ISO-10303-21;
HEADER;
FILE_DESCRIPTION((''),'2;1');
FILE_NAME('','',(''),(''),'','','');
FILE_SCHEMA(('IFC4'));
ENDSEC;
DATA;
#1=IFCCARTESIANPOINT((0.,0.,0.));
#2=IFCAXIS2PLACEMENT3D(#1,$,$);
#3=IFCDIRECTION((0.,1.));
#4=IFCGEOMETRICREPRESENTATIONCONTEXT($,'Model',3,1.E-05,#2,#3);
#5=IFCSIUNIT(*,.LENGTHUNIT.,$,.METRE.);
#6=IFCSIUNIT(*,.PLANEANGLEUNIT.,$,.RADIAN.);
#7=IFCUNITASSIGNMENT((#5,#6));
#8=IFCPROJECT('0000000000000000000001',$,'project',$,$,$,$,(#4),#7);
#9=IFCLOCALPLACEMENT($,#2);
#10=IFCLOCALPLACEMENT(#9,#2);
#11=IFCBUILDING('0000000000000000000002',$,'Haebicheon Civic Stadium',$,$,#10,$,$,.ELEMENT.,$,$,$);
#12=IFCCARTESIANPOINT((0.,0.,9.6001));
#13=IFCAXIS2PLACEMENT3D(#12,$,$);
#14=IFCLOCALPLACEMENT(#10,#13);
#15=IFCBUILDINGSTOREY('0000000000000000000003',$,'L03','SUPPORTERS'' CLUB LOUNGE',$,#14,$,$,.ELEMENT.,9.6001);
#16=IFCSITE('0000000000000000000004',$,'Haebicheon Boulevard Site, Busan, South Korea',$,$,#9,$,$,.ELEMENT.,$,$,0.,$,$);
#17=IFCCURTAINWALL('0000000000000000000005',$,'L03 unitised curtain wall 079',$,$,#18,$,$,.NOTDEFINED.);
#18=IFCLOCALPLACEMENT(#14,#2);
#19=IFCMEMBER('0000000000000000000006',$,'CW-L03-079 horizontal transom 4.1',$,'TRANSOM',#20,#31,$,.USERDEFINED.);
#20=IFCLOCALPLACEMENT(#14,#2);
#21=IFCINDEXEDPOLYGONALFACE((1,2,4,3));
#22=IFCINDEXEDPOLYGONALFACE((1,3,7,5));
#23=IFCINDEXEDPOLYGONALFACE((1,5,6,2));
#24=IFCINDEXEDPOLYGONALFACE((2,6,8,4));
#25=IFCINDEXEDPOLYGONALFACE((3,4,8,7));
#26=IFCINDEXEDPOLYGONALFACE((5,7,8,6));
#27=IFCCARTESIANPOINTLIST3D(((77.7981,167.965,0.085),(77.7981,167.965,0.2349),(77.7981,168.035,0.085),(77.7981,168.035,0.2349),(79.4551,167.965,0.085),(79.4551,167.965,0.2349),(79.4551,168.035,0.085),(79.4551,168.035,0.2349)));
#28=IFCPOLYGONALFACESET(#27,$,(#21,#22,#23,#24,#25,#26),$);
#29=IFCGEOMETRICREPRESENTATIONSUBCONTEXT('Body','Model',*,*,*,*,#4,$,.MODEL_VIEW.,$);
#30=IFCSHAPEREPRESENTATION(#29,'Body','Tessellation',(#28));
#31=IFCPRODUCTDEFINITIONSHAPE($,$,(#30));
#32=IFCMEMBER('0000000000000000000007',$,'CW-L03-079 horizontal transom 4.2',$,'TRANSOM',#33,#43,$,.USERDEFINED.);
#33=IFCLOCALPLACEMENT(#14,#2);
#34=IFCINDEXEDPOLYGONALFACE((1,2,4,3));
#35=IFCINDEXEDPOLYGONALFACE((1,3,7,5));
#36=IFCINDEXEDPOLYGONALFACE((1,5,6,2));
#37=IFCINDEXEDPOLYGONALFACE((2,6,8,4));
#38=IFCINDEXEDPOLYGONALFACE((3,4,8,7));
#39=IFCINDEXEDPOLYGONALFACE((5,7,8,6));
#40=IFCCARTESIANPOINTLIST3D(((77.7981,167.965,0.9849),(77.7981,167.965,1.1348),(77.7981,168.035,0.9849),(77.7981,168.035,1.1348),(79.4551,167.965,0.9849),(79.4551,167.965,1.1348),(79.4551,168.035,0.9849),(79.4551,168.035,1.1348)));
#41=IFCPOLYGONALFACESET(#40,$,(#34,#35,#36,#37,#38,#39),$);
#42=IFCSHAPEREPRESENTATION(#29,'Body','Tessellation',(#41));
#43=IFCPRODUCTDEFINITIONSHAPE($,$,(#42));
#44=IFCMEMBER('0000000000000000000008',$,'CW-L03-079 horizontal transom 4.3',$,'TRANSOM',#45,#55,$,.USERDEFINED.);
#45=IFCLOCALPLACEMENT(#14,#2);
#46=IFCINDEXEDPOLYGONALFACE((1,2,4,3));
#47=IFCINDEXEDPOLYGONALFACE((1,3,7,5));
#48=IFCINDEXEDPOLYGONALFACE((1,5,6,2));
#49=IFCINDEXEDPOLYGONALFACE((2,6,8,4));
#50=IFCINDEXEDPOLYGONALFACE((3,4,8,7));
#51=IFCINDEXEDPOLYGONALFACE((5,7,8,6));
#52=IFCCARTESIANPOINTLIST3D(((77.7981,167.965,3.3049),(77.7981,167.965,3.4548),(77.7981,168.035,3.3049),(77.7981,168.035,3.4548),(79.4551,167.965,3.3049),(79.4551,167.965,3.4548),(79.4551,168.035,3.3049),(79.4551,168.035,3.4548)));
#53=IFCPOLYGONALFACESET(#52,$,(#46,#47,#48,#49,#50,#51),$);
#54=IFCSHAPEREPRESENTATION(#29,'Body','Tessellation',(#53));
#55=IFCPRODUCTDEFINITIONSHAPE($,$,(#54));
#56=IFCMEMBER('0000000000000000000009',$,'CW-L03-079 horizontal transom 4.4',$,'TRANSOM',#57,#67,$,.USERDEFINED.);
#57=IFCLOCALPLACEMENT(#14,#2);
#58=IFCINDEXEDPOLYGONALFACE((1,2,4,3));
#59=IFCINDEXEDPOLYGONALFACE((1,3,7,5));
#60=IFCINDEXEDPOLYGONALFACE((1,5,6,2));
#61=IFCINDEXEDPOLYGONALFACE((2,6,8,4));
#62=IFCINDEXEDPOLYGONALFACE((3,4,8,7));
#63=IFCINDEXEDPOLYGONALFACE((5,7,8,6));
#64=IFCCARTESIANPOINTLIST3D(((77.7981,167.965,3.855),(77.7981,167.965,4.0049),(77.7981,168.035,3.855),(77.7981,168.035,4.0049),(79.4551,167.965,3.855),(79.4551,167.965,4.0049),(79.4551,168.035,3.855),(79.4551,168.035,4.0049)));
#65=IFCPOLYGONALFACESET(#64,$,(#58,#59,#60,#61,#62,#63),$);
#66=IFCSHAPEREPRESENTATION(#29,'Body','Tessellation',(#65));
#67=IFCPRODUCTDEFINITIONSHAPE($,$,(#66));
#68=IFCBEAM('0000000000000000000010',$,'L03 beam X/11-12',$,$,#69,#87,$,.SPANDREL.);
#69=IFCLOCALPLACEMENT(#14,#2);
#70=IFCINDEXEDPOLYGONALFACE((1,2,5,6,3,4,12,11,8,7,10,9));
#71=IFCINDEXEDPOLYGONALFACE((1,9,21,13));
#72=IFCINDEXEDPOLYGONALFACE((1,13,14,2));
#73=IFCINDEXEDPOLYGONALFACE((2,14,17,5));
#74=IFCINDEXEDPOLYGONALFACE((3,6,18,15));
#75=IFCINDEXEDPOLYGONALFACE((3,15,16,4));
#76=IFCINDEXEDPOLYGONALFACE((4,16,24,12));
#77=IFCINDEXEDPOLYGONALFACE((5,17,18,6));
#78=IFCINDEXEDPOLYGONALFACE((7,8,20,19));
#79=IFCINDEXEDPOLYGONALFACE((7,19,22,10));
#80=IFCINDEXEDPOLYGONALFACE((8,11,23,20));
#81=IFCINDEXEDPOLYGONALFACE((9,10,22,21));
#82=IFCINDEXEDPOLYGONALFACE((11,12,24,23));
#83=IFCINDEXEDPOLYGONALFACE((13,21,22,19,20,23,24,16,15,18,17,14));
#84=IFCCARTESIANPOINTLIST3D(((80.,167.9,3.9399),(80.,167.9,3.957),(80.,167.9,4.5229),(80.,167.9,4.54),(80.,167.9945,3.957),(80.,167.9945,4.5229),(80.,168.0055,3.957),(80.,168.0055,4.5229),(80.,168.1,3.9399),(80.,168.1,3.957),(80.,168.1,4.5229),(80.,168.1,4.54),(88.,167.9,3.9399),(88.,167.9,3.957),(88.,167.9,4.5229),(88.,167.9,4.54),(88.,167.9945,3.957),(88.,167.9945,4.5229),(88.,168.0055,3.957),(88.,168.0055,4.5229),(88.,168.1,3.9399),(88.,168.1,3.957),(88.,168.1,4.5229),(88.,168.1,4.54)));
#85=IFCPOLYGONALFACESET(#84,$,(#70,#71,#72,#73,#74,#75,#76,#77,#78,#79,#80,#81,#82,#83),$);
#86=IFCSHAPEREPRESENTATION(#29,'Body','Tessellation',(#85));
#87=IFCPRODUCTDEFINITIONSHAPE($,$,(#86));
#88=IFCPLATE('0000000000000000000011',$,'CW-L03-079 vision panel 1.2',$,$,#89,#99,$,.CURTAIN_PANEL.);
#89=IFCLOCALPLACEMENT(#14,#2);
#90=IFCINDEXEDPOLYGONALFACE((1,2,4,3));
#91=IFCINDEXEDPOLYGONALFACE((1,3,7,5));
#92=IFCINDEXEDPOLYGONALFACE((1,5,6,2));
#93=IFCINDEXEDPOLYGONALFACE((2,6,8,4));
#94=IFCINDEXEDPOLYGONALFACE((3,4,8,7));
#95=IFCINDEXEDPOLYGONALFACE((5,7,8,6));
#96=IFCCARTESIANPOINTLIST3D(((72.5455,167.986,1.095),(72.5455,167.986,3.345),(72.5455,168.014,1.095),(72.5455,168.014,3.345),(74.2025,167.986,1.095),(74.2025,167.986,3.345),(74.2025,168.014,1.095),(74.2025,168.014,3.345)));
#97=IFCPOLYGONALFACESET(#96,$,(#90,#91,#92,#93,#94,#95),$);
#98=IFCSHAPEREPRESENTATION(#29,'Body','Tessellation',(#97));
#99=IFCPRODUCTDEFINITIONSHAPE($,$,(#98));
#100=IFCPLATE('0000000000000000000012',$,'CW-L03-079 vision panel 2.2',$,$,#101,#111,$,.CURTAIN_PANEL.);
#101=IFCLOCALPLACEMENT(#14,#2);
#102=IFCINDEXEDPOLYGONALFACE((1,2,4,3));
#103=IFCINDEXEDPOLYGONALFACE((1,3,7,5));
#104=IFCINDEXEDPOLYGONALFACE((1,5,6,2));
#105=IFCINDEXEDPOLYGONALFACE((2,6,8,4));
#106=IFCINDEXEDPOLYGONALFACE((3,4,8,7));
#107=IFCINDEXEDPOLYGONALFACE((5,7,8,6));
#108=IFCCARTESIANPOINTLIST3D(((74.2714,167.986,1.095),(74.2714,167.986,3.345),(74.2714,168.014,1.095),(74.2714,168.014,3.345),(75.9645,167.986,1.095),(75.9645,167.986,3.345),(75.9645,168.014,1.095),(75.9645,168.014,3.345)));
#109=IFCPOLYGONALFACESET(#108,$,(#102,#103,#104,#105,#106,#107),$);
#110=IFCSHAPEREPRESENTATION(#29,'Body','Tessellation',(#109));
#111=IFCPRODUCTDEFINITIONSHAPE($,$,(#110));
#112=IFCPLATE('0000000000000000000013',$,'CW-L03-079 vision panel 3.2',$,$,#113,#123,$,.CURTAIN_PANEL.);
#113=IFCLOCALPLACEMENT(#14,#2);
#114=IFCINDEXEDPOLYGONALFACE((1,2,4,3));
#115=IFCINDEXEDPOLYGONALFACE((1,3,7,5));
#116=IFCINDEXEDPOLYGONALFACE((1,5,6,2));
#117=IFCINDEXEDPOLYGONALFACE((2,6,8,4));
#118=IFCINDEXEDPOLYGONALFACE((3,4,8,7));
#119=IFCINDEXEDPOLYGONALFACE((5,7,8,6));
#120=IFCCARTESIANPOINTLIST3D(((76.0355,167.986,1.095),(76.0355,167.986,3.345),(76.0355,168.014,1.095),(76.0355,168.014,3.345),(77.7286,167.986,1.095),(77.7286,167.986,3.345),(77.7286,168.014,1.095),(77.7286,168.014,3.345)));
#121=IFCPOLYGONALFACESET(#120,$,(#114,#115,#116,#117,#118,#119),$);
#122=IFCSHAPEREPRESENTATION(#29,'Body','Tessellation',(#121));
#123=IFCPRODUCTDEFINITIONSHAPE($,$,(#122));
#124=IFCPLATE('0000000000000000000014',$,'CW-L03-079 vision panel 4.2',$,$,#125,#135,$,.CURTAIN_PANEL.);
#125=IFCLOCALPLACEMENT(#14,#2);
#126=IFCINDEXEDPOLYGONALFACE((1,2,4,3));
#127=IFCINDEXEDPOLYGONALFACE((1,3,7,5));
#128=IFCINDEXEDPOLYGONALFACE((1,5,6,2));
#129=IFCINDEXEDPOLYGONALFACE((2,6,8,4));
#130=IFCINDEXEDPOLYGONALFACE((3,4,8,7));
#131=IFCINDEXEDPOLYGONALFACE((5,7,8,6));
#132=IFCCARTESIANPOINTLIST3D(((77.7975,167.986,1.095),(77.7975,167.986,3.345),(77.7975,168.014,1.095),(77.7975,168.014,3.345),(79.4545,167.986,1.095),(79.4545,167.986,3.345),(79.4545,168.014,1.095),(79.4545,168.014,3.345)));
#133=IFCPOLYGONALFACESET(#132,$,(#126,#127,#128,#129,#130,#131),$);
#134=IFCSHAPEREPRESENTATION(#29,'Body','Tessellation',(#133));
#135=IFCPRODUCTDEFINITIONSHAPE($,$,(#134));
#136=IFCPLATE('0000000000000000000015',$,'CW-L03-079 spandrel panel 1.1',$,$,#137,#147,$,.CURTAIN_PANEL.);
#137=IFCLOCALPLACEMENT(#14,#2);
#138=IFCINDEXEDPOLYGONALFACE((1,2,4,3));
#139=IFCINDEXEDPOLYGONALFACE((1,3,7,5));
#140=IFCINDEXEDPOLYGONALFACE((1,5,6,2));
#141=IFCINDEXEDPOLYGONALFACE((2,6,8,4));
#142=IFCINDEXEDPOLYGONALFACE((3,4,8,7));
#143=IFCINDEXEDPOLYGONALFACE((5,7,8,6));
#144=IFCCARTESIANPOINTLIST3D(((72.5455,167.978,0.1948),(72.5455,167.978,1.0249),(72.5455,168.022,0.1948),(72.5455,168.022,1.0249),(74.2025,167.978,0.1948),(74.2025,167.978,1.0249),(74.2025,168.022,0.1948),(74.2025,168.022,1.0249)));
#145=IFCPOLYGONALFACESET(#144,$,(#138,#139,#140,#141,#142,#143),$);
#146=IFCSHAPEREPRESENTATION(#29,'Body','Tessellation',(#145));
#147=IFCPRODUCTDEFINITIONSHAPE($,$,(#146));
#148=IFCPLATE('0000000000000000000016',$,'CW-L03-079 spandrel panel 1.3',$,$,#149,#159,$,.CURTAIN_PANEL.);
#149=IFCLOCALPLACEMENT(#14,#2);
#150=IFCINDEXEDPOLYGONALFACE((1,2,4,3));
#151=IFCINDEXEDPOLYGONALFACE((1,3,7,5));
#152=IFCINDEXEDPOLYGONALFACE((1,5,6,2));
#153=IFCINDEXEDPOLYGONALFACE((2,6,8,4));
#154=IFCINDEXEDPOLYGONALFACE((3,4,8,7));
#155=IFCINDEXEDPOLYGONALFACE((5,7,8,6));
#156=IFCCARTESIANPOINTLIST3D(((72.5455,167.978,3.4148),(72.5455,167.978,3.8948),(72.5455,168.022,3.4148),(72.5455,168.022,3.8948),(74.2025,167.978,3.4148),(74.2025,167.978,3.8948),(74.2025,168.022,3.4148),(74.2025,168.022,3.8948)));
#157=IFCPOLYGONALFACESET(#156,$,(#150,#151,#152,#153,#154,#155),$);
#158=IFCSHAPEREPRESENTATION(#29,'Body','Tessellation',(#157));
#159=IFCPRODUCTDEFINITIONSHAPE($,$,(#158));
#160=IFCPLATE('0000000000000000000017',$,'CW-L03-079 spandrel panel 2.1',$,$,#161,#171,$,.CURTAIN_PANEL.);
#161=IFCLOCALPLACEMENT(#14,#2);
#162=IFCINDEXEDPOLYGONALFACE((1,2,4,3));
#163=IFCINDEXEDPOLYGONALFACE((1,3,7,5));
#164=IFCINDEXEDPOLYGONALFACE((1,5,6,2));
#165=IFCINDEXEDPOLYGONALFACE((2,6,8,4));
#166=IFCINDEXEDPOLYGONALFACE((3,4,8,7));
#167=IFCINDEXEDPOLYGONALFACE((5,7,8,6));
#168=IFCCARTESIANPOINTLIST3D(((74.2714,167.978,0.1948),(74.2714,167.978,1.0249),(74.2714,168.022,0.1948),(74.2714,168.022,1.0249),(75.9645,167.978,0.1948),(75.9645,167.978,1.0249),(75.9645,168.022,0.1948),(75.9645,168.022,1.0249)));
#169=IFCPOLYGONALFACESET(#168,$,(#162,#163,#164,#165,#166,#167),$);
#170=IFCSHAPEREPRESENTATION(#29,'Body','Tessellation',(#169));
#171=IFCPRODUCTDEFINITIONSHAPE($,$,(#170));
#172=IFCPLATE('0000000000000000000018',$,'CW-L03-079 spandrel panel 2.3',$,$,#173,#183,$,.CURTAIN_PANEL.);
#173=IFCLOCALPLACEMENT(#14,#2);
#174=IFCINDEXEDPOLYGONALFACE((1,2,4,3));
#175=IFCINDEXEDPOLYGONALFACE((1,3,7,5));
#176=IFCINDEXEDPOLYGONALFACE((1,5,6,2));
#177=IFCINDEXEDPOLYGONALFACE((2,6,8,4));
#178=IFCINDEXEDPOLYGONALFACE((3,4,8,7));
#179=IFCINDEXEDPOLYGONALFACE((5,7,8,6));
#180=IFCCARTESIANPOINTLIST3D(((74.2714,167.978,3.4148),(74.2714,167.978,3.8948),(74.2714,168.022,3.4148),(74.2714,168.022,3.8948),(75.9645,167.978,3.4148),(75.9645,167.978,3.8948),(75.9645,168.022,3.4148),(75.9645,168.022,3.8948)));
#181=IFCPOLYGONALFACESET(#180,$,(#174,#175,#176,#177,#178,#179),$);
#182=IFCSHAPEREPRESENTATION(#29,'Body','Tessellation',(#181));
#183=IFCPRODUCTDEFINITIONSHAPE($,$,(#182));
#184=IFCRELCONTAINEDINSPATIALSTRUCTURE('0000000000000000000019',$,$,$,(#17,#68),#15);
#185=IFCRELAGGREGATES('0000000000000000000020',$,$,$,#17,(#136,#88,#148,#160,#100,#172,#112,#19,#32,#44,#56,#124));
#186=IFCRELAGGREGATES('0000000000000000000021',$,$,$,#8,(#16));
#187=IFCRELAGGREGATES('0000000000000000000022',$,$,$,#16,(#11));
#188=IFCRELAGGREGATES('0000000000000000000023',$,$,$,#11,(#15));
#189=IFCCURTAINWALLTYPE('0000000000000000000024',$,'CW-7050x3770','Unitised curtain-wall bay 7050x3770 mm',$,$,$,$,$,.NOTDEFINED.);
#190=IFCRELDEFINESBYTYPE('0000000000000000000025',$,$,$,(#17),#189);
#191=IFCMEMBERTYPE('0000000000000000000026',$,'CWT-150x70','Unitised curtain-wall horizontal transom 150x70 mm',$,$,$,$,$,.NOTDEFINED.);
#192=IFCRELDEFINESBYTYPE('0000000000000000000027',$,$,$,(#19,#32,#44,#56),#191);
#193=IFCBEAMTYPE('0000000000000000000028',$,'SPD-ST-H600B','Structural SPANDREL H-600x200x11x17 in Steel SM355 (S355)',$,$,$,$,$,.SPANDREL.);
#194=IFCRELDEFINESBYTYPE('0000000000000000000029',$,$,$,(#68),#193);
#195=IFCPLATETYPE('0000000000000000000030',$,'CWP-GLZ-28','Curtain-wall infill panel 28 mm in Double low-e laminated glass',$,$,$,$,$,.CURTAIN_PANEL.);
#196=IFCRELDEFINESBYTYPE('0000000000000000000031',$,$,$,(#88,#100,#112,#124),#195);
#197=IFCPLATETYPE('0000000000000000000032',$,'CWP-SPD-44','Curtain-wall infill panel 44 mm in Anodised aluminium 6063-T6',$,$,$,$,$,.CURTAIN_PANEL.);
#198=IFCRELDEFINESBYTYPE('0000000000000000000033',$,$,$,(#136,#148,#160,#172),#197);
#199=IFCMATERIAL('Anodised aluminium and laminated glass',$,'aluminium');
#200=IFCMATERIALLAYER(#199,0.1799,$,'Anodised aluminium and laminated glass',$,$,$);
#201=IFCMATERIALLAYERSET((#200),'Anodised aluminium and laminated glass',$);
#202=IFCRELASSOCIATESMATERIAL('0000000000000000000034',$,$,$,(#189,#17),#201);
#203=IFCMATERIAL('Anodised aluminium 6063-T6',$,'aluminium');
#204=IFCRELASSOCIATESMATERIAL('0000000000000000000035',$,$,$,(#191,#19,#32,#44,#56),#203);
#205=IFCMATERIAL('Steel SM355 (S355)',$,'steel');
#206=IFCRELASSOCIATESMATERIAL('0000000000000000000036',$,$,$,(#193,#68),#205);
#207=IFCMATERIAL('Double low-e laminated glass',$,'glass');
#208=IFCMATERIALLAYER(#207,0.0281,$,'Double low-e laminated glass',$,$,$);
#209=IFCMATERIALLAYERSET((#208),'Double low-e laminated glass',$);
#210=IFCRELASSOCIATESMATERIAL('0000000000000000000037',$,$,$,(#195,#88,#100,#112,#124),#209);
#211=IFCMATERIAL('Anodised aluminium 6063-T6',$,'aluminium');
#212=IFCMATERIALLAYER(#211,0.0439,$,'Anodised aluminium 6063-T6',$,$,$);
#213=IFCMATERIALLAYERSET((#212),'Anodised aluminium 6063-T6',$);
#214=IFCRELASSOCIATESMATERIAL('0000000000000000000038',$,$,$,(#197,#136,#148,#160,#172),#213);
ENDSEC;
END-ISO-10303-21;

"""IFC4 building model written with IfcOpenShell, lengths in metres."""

from ifc_helpers import new_model, si_unit, direction, frame, origin, origin_2d, place, context, subcontext, project, spatial, rectangle, i_section, extrude, material, layer, layer_set, material_profile, profile_set, type_object, element, aggregate, save


model = new_model("IFC4")

# Units and contexts
model_context = context("Model", 3, precision=1e-05, world=origin(), true_north=direction((0.0, 1.0)))
body_context = subcontext(model_context, "Body", "Model", "MODEL_VIEW")
ifc_project = project(units=[si_unit("LENGTHUNIT", "METRE"), si_unit("PLANEANGLEUNIT", "RADIAN")], contexts=[model_context])

# Site, building, storey
site_placement = place(None, origin())
site = spatial("IfcSite", under=ifc_project, at=site_placement, Name="Haebicheon Boulevard Site, Busan, South Korea", CompositionType="ELEMENT", RefElevation=0.0)
building_placement = place(site_placement, origin())
building = spatial("IfcBuilding", under=site, at=building_placement, Name="Haebicheon Civic Stadium", CompositionType="ELEMENT")
storey_placement = place(building_placement, frame((0.0, 0.0, 9.6001)))
storey = spatial("IfcBuildingStorey", under=building, at=storey_placement, Name="L03", Description="SUPPORTERS' CLUB LOUNGE", CompositionType="ELEMENT", Elevation=9.6001)

# Curtain wall, members
ifc_material_1 = material(Name="Anodised aluminium and laminated glass", Category="aluminium")
ifc_layer_1 = layer(ifc_material_1, 0.1799, Name="Anodised aluminium and laminated glass")
ifc_layer_set_1 = layer_set([ifc_layer_1], Name="Anodised aluminium and laminated glass")
curtain_wall_type = type_object("IfcCurtainWallType", Name="CW-7050x3770", Description="Unitised curtain-wall bay 7050x3770 mm", PredefinedType="NOTDEFINED", material=ifc_layer_set_1)
curtain_wall_placement = place(storey_placement, origin())
curtain_wall = element("IfcCurtainWall", 1, at=curtain_wall_placement, inside=storey, type_object=curtain_wall_type, material=ifc_layer_set_1, Name="L03 unitised curtain wall 079", PredefinedType="NOTDEFINED")
ifc_material_2 = material(Name="Anodised aluminium 6063-T6", Category="aluminium")
ifc_material_profile_1 = material_profile(ifc_material_2, rectangle(XDim=0.0701, YDim=0.1499, at=origin_2d()), Name="ALU-TRAN-70x150")
ifc_profile_set_1 = profile_set([ifc_material_profile_1], Name="Anodised aluminium 6063-T6")
member_type_1 = type_object("IfcMemberType", Name="CWT-150x70", Description="Unitised curtain-wall horizontal transom 150x70 mm", PredefinedType="NOTDEFINED", material=ifc_profile_set_1)
member_1_placement = place(storey_placement, frame((77.7981, 168.0, 0.1599), z_axis=(1.0, 0.0, 0.0), x_axis=(0.0, 1.0, 0.0)))
member_1 = element("IfcMember", 2, at=member_1_placement, type_object=member_type_1, material=ifc_profile_set_1, Name="CW-L03-079 horizontal transom 4.1", ObjectType="TRANSOM", PredefinedType="USERDEFINED", context=body_context, shape_type="SweptSolid", body=[
    extrude(rectangle(XDim=0.0701, YDim=0.1499, at=origin_2d()), origin(), (0.0, 0.0, 1.0), 1.657),
])
member_2_placement = place(storey_placement, frame((77.7981, 168.0, 1.0598), z_axis=(1.0, 0.0, 0.0), x_axis=(0.0, 1.0, 0.0)))
member_2 = element("IfcMember", 3, at=member_2_placement, type_object=member_type_1, material=ifc_profile_set_1, Name="CW-L03-079 horizontal transom 4.2", ObjectType="TRANSOM", PredefinedType="USERDEFINED", context=body_context, shape_type="SweptSolid", body=[
    extrude(rectangle(XDim=0.0701, YDim=0.1499, at=origin_2d()), origin(), (0.0, 0.0, 1.0), 1.657),
])
member_3_placement = place(storey_placement, frame((77.7981, 168.0, 3.3799), z_axis=(1.0, 0.0, 0.0), x_axis=(0.0, 1.0, 0.0)))
member_3 = element("IfcMember", 4, at=member_3_placement, type_object=member_type_1, material=ifc_profile_set_1, Name="CW-L03-079 horizontal transom 4.3", ObjectType="TRANSOM", PredefinedType="USERDEFINED", context=body_context, shape_type="SweptSolid", body=[
    extrude(rectangle(XDim=0.0701, YDim=0.1499, at=origin_2d()), origin(), (0.0, 0.0, 1.0), 1.657),
])
member_4_placement = place(storey_placement, frame((77.7981, 168.0, 3.9299), z_axis=(1.0, 0.0, 0.0), x_axis=(0.0, 1.0, 0.0)))
member_4 = element("IfcMember", 5, at=member_4_placement, type_object=member_type_1, material=ifc_profile_set_1, Name="CW-L03-079 horizontal transom 4.4", ObjectType="TRANSOM", PredefinedType="USERDEFINED", context=body_context, shape_type="SweptSolid", body=[
    extrude(rectangle(XDim=0.0701, YDim=0.1499, at=origin_2d()), origin(), (0.0, 0.0, 1.0), 1.657),
])

# Beam
ifc_material_3 = material(Name="Steel SM355 (S355)", Category="steel")
ifc_material_profile_2 = material_profile(ifc_material_3, i_section(OverallWidth=0.2, OverallDepth=0.6001, WebThickness=0.011, FlangeThickness=0.0171, at=origin_2d()), Name="H-600x200x11x17")
ifc_profile_set_2 = profile_set([ifc_material_profile_2], Name="Steel SM355 (S355)")
beam_type = type_object("IfcBeamType", Name="SPD-ST-H600B", Description="Structural SPANDREL H-600x200x11x17 in Steel SM355 (S355)", PredefinedType="SPANDREL", material=ifc_profile_set_2)
beam_placement = place(storey_placement, frame((80.0, 168.0, 4.24), z_axis=(1.0, 0.0, 0.0), x_axis=(0.0, 1.0, 0.0)))
element("IfcBeam", 6, at=beam_placement, inside=storey, type_object=beam_type, material=ifc_profile_set_2, Name="L03 beam X/11-12", PredefinedType="SPANDREL", context=body_context, shape_type="SweptSolid", body=[
    extrude(i_section(OverallWidth=0.2, OverallDepth=0.6001, WebThickness=0.011, FlangeThickness=0.0171, at=origin_2d()), origin(), (0.0, 0.0, 1.0), 8.0),
])

# Plates
ifc_material_4 = material(Name="Double low-e laminated glass", Category="glass")
ifc_layer_2 = layer(ifc_material_4, 0.0281, Name="Double low-e laminated glass")
ifc_layer_set_2 = layer_set([ifc_layer_2], Name="Double low-e laminated glass")
plate_type_1 = type_object("IfcPlateType", Name="CWP-GLZ-28", Description="Curtain-wall infill panel 28 mm in Double low-e laminated glass", PredefinedType="CURTAIN_PANEL", material=ifc_layer_set_2)
plate_1_placement = place(storey_placement, frame((73.374, 168.0, 1.095), z_axis=(0.0, 0.0, 1.0), x_axis=(1.0, 0.0, 0.0)))
plate_1 = element("IfcPlate", 7, at=plate_1_placement, type_object=plate_type_1, material=ifc_layer_set_2, Name="CW-L03-079 vision panel 1.2", PredefinedType="CURTAIN_PANEL", context=body_context, shape_type="SweptSolid", body=[
    extrude(rectangle(XDim=1.657, YDim=0.0281, at=origin_2d()), origin(), (0.0, 0.0, 1.0), 2.25),
])
plate_2_placement = place(storey_placement, frame((75.1179, 168.0, 1.095), z_axis=(0.0, 0.0, 1.0), x_axis=(1.0, 0.0, 0.0)))
plate_2 = element("IfcPlate", 8, at=plate_2_placement, type_object=plate_type_1, material=ifc_layer_set_2, Name="CW-L03-079 vision panel 2.2", PredefinedType="CURTAIN_PANEL", context=body_context, shape_type="SweptSolid", body=[
    extrude(rectangle(XDim=1.6931, YDim=0.0281, at=origin_2d()), origin(), (0.0, 0.0, 1.0), 2.25),
])
plate_3_placement = place(storey_placement, frame((76.8821, 168.0, 1.095), z_axis=(0.0, 0.0, 1.0), x_axis=(1.0, 0.0, 0.0)))
plate_3 = element("IfcPlate", 9, at=plate_3_placement, type_object=plate_type_1, material=ifc_layer_set_2, Name="CW-L03-079 vision panel 3.2", PredefinedType="CURTAIN_PANEL", context=body_context, shape_type="SweptSolid", body=[
    extrude(rectangle(XDim=1.6931, YDim=0.0281, at=origin_2d()), origin(), (0.0, 0.0, 1.0), 2.25),
])
plate_4_placement = place(storey_placement, frame((78.626, 168.0, 1.095), z_axis=(0.0, 0.0, 1.0), x_axis=(1.0, 0.0, 0.0)))
plate_4 = element("IfcPlate", 10, at=plate_4_placement, type_object=plate_type_1, material=ifc_layer_set_2, Name="CW-L03-079 vision panel 4.2", PredefinedType="CURTAIN_PANEL", context=body_context, shape_type="SweptSolid", body=[
    extrude(rectangle(XDim=1.657, YDim=0.0281, at=origin_2d()), origin(), (0.0, 0.0, 1.0), 2.25),
])
ifc_material_5 = material(Name="Anodised aluminium 6063-T6", Category="aluminium")
ifc_layer_3 = layer(ifc_material_5, 0.0439, Name="Anodised aluminium 6063-T6")
ifc_layer_set_3 = layer_set([ifc_layer_3], Name="Anodised aluminium 6063-T6")
plate_type_2 = type_object("IfcPlateType", Name="CWP-SPD-44", Description="Curtain-wall infill panel 44 mm in Anodised aluminium 6063-T6", PredefinedType="CURTAIN_PANEL", material=ifc_layer_set_3)
plate_5_placement = place(storey_placement, frame((73.374, 168.0, 0.1948), z_axis=(0.0, 0.0, 1.0), x_axis=(1.0, 0.0, 0.0)))
plate_5 = element("IfcPlate", 11, at=plate_5_placement, type_object=plate_type_2, material=ifc_layer_set_3, Name="CW-L03-079 spandrel panel 1.1", PredefinedType="CURTAIN_PANEL", context=body_context, shape_type="SweptSolid", body=[
    extrude(rectangle(XDim=1.657, YDim=0.0439, at=origin_2d()), origin(), (0.0, 0.0, 1.0), 0.8301),
])
plate_6_placement = place(storey_placement, frame((73.374, 168.0, 3.4148), z_axis=(0.0, 0.0, 1.0), x_axis=(1.0, 0.0, 0.0)))
plate_6 = element("IfcPlate", 12, at=plate_6_placement, type_object=plate_type_2, material=ifc_layer_set_3, Name="CW-L03-079 spandrel panel 1.3", PredefinedType="CURTAIN_PANEL", context=body_context, shape_type="SweptSolid", body=[
    extrude(rectangle(XDim=1.657, YDim=0.0439, at=origin_2d()), origin(), (0.0, 0.0, 1.0), 0.48),
])
plate_7_placement = place(storey_placement, frame((75.1179, 168.0, 0.1948), z_axis=(0.0, 0.0, 1.0), x_axis=(1.0, 0.0, 0.0)))
plate_7 = element("IfcPlate", 13, at=plate_7_placement, type_object=plate_type_2, material=ifc_layer_set_3, Name="CW-L03-079 spandrel panel 2.1", PredefinedType="CURTAIN_PANEL", context=body_context, shape_type="SweptSolid", body=[
    extrude(rectangle(XDim=1.6931, YDim=0.0439, at=origin_2d()), origin(), (0.0, 0.0, 1.0), 0.8301),
])
plate_8_placement = place(storey_placement, frame((75.1179, 168.0, 3.4148), z_axis=(0.0, 0.0, 1.0), x_axis=(1.0, 0.0, 0.0)))
plate_8 = element("IfcPlate", 14, at=plate_8_placement, type_object=plate_type_2, material=ifc_layer_set_3, Name="CW-L03-079 spandrel panel 2.3", PredefinedType="CURTAIN_PANEL", context=body_context, shape_type="SweptSolid", body=[
    extrude(rectangle(XDim=1.6931, YDim=0.0439, at=origin_2d()), origin(), (0.0, 0.0, 1.0), 0.48),
])
aggregate(curtain_wall, [plate_5, plate_1, plate_6, plate_7, plate_2, plate_8, plate_3, member_1, member_2, member_3, member_4, plate_4])

save(model, "model.ifc")
